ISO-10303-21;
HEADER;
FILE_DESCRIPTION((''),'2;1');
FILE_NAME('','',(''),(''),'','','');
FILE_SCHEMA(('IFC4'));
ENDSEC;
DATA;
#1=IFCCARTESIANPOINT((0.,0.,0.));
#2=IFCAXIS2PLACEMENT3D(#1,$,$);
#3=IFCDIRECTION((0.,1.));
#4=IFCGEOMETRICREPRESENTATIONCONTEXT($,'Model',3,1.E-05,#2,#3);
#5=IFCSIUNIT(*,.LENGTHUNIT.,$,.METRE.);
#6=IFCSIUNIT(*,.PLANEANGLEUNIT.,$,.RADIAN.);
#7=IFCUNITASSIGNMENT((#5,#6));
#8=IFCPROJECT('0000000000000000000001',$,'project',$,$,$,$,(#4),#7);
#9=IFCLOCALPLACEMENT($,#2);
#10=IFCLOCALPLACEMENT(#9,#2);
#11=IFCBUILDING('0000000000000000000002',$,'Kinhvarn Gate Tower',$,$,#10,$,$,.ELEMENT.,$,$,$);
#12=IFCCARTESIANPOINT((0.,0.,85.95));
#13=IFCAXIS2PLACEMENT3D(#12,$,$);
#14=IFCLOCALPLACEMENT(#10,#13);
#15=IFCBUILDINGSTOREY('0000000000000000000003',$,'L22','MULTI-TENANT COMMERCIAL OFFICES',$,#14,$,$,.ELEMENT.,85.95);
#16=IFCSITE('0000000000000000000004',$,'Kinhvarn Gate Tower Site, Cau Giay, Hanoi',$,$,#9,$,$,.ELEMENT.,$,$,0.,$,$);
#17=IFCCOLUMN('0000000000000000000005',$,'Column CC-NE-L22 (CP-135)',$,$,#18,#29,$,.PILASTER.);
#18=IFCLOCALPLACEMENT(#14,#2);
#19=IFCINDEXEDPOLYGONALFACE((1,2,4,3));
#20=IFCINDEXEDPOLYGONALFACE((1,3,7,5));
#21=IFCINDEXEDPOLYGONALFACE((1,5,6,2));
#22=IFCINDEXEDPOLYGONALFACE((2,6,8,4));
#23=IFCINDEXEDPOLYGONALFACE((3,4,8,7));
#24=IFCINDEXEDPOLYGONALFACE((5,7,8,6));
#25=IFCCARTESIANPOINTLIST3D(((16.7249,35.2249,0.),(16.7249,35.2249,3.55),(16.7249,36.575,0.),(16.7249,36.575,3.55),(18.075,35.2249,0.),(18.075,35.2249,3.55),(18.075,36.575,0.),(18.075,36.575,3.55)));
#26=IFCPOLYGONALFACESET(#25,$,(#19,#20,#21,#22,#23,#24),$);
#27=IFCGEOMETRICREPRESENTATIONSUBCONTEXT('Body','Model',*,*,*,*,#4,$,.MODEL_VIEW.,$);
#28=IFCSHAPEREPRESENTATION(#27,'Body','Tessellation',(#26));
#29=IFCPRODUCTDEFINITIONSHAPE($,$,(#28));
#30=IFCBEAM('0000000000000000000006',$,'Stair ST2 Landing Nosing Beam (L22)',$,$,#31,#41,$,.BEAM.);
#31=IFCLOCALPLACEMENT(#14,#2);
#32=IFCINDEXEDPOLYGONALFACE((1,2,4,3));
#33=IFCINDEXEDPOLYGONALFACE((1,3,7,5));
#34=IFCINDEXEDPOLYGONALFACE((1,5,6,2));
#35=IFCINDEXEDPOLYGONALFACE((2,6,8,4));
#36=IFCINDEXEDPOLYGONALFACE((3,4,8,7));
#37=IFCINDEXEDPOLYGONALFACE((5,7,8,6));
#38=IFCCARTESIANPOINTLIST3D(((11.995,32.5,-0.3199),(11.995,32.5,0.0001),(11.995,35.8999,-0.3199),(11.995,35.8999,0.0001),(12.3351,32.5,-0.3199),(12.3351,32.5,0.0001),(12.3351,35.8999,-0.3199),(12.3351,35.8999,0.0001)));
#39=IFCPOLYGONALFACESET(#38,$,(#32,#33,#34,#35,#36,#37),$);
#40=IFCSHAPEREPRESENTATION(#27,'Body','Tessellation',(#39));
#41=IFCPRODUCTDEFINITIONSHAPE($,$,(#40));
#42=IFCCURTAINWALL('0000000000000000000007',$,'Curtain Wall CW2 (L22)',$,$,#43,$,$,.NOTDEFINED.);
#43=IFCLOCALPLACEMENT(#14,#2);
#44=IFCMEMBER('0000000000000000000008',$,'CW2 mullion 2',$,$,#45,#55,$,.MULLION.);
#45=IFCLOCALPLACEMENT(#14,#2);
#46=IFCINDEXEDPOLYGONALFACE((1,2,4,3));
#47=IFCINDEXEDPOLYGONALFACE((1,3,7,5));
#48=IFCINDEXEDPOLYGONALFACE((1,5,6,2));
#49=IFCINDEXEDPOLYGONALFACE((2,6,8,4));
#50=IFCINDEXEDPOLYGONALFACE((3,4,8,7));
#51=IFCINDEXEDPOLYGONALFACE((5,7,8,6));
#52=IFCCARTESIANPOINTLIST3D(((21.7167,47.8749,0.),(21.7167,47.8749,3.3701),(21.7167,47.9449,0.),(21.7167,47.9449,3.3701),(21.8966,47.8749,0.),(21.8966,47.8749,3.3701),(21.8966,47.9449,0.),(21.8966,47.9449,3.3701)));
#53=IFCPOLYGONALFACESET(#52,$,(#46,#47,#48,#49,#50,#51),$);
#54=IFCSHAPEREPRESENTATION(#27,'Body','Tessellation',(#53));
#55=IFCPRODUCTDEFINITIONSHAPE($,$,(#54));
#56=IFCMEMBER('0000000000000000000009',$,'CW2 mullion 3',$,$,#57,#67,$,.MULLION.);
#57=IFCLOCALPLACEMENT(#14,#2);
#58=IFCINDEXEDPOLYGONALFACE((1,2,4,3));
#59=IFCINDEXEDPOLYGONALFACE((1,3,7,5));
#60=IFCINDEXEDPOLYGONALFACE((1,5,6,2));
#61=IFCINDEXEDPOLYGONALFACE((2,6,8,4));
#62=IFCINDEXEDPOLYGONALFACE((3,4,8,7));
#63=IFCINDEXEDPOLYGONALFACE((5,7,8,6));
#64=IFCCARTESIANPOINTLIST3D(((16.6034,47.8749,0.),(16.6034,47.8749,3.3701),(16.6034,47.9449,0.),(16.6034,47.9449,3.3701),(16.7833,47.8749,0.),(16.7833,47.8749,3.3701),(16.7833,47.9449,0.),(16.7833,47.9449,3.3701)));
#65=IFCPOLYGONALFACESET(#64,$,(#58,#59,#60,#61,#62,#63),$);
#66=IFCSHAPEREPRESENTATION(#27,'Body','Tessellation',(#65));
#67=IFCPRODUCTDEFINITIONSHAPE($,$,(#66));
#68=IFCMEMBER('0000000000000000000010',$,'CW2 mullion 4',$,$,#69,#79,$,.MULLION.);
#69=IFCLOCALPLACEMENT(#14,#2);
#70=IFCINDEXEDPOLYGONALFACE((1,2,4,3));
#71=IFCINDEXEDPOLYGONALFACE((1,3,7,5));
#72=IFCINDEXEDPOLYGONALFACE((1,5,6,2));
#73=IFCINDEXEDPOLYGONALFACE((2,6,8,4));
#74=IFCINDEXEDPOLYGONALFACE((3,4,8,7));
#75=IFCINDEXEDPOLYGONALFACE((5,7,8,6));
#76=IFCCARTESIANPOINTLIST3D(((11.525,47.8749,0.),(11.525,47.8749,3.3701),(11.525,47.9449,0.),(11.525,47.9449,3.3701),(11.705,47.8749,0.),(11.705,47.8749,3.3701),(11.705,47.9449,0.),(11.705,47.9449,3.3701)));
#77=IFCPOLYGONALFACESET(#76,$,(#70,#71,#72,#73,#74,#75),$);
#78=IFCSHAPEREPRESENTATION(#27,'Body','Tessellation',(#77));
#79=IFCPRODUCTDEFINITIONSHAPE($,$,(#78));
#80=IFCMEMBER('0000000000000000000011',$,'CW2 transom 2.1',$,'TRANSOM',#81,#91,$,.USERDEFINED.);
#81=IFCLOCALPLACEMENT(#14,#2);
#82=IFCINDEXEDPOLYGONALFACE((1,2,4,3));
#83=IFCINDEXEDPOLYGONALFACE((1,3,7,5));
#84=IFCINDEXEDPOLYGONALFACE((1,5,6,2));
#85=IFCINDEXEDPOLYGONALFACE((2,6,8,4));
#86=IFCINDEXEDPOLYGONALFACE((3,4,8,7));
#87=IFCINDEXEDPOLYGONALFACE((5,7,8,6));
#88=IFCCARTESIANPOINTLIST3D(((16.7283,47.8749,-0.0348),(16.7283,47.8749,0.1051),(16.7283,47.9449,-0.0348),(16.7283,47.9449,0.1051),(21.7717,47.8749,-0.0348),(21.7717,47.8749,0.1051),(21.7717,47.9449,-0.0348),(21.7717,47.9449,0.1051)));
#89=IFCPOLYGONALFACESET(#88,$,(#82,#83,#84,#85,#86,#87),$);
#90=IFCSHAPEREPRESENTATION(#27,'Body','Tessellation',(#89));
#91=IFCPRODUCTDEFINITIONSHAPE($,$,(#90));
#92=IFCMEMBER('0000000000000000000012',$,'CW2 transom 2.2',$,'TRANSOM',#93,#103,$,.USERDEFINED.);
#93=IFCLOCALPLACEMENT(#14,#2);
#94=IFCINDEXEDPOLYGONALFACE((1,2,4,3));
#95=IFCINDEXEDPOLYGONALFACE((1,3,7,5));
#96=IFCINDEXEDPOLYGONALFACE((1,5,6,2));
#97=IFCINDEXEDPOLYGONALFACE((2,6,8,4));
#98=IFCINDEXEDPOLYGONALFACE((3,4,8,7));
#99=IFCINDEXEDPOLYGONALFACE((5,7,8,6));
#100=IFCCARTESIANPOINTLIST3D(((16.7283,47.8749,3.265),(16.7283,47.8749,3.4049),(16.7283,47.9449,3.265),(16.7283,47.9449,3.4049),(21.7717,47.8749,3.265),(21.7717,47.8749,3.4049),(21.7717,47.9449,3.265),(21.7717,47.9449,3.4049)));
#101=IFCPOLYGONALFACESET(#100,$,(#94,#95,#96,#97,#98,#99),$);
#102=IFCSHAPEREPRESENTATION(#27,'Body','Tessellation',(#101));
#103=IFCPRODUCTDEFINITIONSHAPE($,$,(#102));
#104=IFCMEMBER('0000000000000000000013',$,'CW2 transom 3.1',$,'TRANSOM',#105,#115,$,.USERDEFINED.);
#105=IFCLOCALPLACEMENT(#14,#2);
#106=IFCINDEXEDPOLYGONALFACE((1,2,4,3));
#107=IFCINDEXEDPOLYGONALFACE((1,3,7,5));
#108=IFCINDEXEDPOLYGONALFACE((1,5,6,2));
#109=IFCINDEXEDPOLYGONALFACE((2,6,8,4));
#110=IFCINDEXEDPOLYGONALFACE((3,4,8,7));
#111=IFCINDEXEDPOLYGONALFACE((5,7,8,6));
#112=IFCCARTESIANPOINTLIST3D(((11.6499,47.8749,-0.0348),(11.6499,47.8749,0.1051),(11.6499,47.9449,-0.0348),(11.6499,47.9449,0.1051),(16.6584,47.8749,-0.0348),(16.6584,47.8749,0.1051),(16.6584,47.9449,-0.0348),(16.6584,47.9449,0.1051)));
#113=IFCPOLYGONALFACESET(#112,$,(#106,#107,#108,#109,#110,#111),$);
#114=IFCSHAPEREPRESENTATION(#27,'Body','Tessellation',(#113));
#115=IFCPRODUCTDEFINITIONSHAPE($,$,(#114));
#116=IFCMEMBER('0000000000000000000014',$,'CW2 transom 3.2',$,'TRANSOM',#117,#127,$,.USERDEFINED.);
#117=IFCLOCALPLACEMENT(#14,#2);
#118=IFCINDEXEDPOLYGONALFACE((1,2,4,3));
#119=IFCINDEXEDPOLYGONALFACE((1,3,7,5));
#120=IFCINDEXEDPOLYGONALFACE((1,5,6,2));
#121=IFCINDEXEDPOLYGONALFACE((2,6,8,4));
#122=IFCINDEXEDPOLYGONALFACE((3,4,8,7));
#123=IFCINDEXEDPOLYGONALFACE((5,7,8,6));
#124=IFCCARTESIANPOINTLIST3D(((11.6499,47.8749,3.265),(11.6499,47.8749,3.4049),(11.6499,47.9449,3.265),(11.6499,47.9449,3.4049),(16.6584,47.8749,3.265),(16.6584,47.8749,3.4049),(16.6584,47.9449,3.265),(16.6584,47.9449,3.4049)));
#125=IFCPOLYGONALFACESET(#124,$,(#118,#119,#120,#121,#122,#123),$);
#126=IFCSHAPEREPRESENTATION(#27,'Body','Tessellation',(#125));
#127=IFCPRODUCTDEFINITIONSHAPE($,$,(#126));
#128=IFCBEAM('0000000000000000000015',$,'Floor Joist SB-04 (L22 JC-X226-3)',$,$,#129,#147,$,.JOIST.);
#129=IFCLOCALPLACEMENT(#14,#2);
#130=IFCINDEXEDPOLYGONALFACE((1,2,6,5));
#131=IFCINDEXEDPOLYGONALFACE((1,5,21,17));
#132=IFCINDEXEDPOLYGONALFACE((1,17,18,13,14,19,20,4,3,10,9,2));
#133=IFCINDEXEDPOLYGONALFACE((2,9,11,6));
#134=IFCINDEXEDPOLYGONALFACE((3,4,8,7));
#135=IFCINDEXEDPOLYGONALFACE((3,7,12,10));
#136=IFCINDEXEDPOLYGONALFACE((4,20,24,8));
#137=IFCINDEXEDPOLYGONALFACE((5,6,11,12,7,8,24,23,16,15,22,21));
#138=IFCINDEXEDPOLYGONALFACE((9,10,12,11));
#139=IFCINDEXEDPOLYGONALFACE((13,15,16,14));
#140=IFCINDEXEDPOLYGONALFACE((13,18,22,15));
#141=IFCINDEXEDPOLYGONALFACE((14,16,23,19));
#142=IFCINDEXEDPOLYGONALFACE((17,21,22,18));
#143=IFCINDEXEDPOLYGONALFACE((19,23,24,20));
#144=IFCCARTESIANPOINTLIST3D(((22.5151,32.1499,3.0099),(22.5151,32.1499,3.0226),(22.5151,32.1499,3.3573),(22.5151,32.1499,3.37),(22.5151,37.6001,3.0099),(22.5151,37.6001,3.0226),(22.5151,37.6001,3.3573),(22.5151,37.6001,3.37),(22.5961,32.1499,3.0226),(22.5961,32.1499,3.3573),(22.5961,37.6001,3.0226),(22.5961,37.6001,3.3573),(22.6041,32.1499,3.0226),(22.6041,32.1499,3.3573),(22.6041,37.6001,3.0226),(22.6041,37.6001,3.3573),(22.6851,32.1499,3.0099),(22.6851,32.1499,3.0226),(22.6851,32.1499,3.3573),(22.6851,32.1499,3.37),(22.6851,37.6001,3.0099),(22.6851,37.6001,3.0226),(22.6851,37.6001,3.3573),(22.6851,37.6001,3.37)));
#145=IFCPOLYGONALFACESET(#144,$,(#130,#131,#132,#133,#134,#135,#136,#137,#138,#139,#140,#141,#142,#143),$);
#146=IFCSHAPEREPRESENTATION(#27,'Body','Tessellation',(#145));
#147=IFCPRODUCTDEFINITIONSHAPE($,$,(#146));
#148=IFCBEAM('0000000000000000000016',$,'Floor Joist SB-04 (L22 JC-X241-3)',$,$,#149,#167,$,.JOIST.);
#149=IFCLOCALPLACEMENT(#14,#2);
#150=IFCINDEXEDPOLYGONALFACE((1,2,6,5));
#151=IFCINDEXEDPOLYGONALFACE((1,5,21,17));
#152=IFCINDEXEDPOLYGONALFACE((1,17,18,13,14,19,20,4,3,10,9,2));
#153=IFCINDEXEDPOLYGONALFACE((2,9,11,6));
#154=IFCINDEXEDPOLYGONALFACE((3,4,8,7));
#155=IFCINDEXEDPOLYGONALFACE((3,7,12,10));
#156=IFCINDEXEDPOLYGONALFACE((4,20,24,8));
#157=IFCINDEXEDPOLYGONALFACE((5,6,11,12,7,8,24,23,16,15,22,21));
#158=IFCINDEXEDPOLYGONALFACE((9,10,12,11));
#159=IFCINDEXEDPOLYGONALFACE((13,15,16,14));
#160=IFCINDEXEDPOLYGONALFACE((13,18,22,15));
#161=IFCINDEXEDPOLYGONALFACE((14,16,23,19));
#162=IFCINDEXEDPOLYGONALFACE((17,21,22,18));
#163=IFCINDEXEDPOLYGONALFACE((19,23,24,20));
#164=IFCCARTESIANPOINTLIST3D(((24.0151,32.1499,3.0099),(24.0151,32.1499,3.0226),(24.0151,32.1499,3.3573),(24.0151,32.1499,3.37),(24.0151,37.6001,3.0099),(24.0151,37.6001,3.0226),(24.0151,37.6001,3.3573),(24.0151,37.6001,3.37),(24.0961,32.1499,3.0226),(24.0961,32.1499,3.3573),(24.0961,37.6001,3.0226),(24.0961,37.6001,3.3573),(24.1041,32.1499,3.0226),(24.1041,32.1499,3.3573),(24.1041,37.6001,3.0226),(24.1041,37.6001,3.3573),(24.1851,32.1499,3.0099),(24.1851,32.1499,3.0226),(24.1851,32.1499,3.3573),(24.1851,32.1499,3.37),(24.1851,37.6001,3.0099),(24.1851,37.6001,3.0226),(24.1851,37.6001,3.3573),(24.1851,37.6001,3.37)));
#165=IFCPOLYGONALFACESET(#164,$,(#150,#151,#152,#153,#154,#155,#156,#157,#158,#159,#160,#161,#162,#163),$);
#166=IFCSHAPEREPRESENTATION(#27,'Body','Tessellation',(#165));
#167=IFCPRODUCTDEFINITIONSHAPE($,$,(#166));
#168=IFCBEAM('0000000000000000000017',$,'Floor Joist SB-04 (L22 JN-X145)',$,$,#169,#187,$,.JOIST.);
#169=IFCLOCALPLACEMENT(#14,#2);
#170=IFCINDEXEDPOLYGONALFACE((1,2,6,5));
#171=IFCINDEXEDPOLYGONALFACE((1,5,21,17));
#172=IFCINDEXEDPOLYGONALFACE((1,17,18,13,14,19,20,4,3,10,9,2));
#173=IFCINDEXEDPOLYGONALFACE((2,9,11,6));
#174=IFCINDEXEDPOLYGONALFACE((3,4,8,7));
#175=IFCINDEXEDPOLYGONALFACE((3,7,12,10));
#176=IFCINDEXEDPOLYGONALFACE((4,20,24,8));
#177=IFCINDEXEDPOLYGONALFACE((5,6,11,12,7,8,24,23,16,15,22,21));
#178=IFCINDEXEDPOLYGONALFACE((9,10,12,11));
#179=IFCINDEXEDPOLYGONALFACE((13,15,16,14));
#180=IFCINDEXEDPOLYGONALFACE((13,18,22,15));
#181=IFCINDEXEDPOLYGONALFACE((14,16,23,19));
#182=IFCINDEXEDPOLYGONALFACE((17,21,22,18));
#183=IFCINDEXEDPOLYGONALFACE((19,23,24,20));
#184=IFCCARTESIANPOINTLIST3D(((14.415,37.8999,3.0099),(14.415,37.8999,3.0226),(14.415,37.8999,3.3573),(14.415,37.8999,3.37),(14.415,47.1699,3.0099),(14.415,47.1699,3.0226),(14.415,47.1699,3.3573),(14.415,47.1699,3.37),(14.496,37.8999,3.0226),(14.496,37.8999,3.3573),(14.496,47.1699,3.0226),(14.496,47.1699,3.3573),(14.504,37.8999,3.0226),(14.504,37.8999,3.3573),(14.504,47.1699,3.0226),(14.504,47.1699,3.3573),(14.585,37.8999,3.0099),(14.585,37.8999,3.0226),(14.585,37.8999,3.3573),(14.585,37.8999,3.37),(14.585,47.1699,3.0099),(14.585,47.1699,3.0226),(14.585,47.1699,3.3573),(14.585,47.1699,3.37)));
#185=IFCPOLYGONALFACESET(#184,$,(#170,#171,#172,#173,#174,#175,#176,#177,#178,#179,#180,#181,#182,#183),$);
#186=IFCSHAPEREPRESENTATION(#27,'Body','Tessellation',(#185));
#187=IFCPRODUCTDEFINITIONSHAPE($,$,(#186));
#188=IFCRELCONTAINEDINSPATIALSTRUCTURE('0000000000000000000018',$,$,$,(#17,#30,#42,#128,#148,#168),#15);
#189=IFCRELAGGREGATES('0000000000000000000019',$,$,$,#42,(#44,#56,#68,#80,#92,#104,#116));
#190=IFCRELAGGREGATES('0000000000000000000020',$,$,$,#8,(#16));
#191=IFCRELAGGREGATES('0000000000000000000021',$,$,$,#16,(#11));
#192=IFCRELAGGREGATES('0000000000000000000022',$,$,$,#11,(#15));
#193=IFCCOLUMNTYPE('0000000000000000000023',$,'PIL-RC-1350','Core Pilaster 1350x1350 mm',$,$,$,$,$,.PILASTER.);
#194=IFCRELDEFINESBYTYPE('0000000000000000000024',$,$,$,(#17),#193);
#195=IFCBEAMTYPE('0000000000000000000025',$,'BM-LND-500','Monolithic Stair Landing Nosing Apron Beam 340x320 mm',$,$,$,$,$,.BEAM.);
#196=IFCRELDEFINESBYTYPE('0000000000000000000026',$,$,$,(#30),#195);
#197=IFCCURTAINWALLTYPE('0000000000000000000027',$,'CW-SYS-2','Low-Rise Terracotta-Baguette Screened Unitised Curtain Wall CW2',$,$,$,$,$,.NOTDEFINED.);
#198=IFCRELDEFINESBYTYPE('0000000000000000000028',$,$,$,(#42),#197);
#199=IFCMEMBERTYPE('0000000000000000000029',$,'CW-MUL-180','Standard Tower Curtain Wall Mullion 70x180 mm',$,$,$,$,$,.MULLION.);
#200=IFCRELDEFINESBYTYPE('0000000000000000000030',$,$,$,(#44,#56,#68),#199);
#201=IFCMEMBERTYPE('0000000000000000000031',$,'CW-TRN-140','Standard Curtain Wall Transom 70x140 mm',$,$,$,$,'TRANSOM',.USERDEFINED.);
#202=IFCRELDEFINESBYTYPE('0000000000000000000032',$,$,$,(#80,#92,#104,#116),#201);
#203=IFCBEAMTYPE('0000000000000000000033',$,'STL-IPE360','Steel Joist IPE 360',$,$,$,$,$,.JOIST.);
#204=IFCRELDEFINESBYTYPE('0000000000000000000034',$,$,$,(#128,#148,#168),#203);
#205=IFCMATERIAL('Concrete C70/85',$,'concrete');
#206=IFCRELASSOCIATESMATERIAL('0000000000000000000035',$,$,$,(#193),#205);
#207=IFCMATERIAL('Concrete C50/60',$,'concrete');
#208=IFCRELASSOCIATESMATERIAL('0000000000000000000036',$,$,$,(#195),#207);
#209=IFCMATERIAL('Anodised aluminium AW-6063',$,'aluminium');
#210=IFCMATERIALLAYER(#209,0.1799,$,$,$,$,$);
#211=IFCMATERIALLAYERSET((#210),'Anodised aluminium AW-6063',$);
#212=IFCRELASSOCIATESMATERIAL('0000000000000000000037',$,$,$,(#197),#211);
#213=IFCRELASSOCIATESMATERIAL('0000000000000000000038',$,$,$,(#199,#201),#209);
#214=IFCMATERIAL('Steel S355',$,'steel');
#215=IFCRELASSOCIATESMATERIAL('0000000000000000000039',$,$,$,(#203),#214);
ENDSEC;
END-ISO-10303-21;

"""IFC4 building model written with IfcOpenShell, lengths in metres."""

from ifc_helpers import new_model, si_unit, direction, frame, origin, origin_2d, place, context, subcontext, project, spatial, rectangle, i_section, extrude, material, layer, layer_set, material_profile, profile_set, type_object, element, aggregate, save


model = new_model("IFC4")

# Units and contexts
model_context = context("Model", 3, precision=1e-05, world=origin(), true_north=direction((0.0, 1.0)))
body_context = subcontext(model_context, "Body", "Model", "MODEL_VIEW")
ifc_project = project(units=[si_unit("LENGTHUNIT", "METRE"), si_unit("PLANEANGLEUNIT", "RADIAN")], contexts=[model_context])

# Site, building, storey
site_placement = place(None, origin())
site = spatial("IfcSite", under=ifc_project, at=site_placement, Name="Kinhvarn Gate Tower Site, Cau Giay, Hanoi", CompositionType="ELEMENT", RefElevation=0.0)
building_placement = place(site_placement, origin())
building = spatial("IfcBuilding", under=site, at=building_placement, Name="Kinhvarn Gate Tower", CompositionType="ELEMENT")
storey_placement = place(building_placement, frame((0.0, 0.0, 85.95)))
storey = spatial("IfcBuildingStorey", under=building, at=storey_placement, Name="L22", Description="MULTI-TENANT COMMERCIAL OFFICES", CompositionType="ELEMENT", Elevation=85.95)

# Column
ifc_material_1 = material(Name="Concrete C70/85", Category="concrete")
ifc_material_profile_1 = material_profile(ifc_material_1, rectangle(XDim=1.3501, YDim=1.3501, at=origin_2d()), Name="RC 1350x1350")
ifc_profile_set_1 = profile_set([ifc_material_profile_1], Name="Concrete C70/85")
column_type = type_object("IfcColumnType", Name="PIL-RC-1350", Description="Core Pilaster 1350x1350 mm", PredefinedType="PILASTER", material=ifc_profile_set_1)
column_placement = place(storey_placement, frame((17.3999, 35.8999, 0.0), z_axis=(0.0, 0.0, 1.0), x_axis=(1.0, 0.0, 0.0)))
element("IfcColumn", 1, at=column_placement, inside=storey, type_object=column_type, Name="Column CC-NE-L22 (CP-135)", PredefinedType="PILASTER", context=body_context, shape_type="SweptSolid", body=[
    extrude(rectangle(XDim=1.3501, YDim=1.3501, at=origin_2d()), origin(), (0.0, 0.0, 1.0), 3.55),
])

# Beam
ifc_material_2 = material(Name="Concrete C50/60", Category="concrete")
ifc_material_profile_2 = material_profile(ifc_material_2, rectangle(XDim=0.3401, YDim=0.3201, at=origin_2d()), Name="RC 340x320")
ifc_profile_set_2 = profile_set([ifc_material_profile_2], Name="Concrete C50/60")
beam_type_1 = type_object("IfcBeamType", Name="BM-LND-500", Description="Monolithic Stair Landing Nosing Apron Beam 340x320 mm", PredefinedType="BEAM", material=ifc_profile_set_2)
beam_placement = place(storey_placement, frame((12.165, 32.5, -0.1599), z_axis=(0.0, 1.0, 0.0), x_axis=(-1.0, 0.0, 0.0)))
element("IfcBeam", 2, at=beam_placement, inside=storey, type_object=beam_type_1, Name="Stair ST2 Landing Nosing Beam (L22)", PredefinedType="BEAM", context=body_context, shape_type="SweptSolid", body=[
    extrude(rectangle(XDim=0.3401, YDim=0.3201, at=origin_2d()), origin(), (0.0, 0.0, 1.0), 3.3999),
])

# Curtain wall, members
ifc_material_3 = material(Name="Anodised aluminium AW-6063", Category="aluminium")
ifc_layer_1 = layer(ifc_material_3, 0.1799)
ifc_layer_set_1 = layer_set([ifc_layer_1], Name="Anodised aluminium AW-6063")
curtain_wall_type = type_object("IfcCurtainWallType", Name="CW-SYS-2", Description="Low-Rise Terracotta-Baguette Screened Unitised Curtain Wall CW2", PredefinedType="NOTDEFINED", material=ifc_layer_set_1)
curtain_wall_placement = place(storey_placement, origin())
curtain_wall = element("IfcCurtainWall", 3, at=curtain_wall_placement, inside=storey, type_object=curtain_wall_type, Name="Curtain Wall CW2 (L22)", PredefinedType="NOTDEFINED")
ifc_material_profile_3 = material_profile(ifc_material_3, rectangle(XDim=0.0701, YDim=0.1799, at=origin_2d()), Name="ALU 70x180")
ifc_profile_set_3 = profile_set([ifc_material_profile_3], Name="Anodised aluminium AW-6063")
member_type_1 = type_object("IfcMemberType", Name="CW-MUL-180", Description="Standard Tower Curtain Wall Mullion 70x180 mm", PredefinedType="MULLION", material=ifc_profile_set_3)
member_1_placement = place(storey_placement, frame((21.8066, 47.9099, 0.0), z_axis=(0.0, 0.0, 1.0), x_axis=(0.0, -1.0, 0.0)))
member_1 = element("IfcMember", 4, at=member_1_placement, type_object=member_type_1, Name="CW2 mullion 2", PredefinedType="MULLION", context=body_context, shape_type="SweptSolid", body=[
    extrude(rectangle(XDim=0.0701, YDim=0.1799, at=origin_2d()), origin(), (0.0, 0.0, 1.0), 3.3701),
])
member_2_placement = place(storey_placement, frame((16.6934, 47.9099, 0.0), z_axis=(0.0, 0.0, 1.0), x_axis=(0.0, -1.0, 0.0)))
member_2 = element("IfcMember", 5, at=member_2_placement, type_object=member_type_1, Name="CW2 mullion 3", PredefinedType="MULLION", context=body_context, shape_type="SweptSolid", body=[
    extrude(rectangle(XDim=0.0701, YDim=0.1799, at=origin_2d()), origin(), (0.0, 0.0, 1.0), 3.3701),
])
member_3_placement = place(storey_placement, frame((11.615, 47.9099, 0.0), z_axis=(0.0, 0.0, 1.0), x_axis=(0.0, -1.0, 0.0)))
member_3 = element("IfcMember", 6, at=member_3_placement, type_object=member_type_1, Name="CW2 mullion 4", PredefinedType="MULLION", context=body_context, shape_type="SweptSolid", body=[
    extrude(rectangle(XDim=0.0701, YDim=0.1799, at=origin_2d()), origin(), (0.0, 0.0, 1.0), 3.3701),
])
ifc_material_profile_4 = material_profile(ifc_material_3, rectangle(XDim=0.0701, YDim=0.1399, at=origin_2d()), Name="ALU 70x140")
ifc_profile_set_4 = profile_set([ifc_material_profile_4], Name="Anodised aluminium AW-6063")
member_type_2 = type_object("IfcMemberType", Name="CW-TRN-140", Description="Standard Curtain Wall Transom 70x140 mm", ElementType="TRANSOM", PredefinedType="USERDEFINED", material=ifc_profile_set_4)
member_4_placement = place(storey_placement, frame((21.7717, 47.9099, 0.0352), z_axis=(-1.0, 0.0, 0.0), x_axis=(0.0, -1.0, 0.0)))
member_4 = element("IfcMember", 7, at=member_4_placement, type_object=member_type_2, Name="CW2 transom 2.1", ObjectType="TRANSOM", PredefinedType="USERDEFINED", context=body_context, shape_type="SweptSolid", body=[
    extrude(rectangle(XDim=0.0701, YDim=0.1399, at=origin_2d()), origin(), (0.0, 0.0, 1.0), 5.0435),
])
member_5_placement = place(storey_placement, frame((21.7717, 47.9099, 3.335), z_axis=(-1.0, 0.0, 0.0), x_axis=(0.0, -1.0, 0.0)))
member_5 = element("IfcMember", 8, at=member_5_placement, type_object=member_type_2, Name="CW2 transom 2.2", ObjectType="TRANSOM", PredefinedType="USERDEFINED", context=body_context, shape_type="SweptSolid", body=[
    extrude(rectangle(XDim=0.0701, YDim=0.1399, at=origin_2d()), origin(), (0.0, 0.0, 1.0), 5.0435),
])
member_6_placement = place(storey_placement, frame((16.6584, 47.9099, 0.0352), z_axis=(-1.0, 0.0, 0.0), x_axis=(0.0, -1.0, 0.0)))
member_6 = element("IfcMember", 9, at=member_6_placement, type_object=member_type_2, Name="CW2 transom 3.1", ObjectType="TRANSOM", PredefinedType="USERDEFINED", context=body_context, shape_type="SweptSolid", body=[
    extrude(rectangle(XDim=0.0701, YDim=0.1399, at=origin_2d()), origin(), (0.0, 0.0, 1.0), 5.0085),
])
member_7_placement = place(storey_placement, frame((16.6584, 47.9099, 3.335), z_axis=(-1.0, 0.0, 0.0), x_axis=(0.0, -1.0, 0.0)))
member_7 = element("IfcMember", 10, at=member_7_placement, type_object=member_type_2, Name="CW2 transom 3.2", ObjectType="TRANSOM", PredefinedType="USERDEFINED", context=body_context, shape_type="SweptSolid", body=[
    extrude(rectangle(XDim=0.0701, YDim=0.1399, at=origin_2d()), origin(), (0.0, 0.0, 1.0), 5.0085),
])

# Beams
ifc_material_4 = material(Name="Steel S355", Category="steel")
ifc_material_profile_5 = material_profile(ifc_material_4, i_section(OverallWidth=0.1699, OverallDepth=0.3601, WebThickness=0.0081, FlangeThickness=0.0127, at=origin_2d()), Name="IPE 360")
ifc_profile_set_5 = profile_set([ifc_material_profile_5], Name="Steel S355")
beam_type_2 = type_object("IfcBeamType", Name="STL-IPE360", Description="Steel Joist IPE 360", PredefinedType="JOIST", material=ifc_profile_set_5)
for number, where, z_axis, x_axis, name in (
    (11, (22.6001, 32.1499, 3.1899), (0.0, 1.0, 0.0), (-1.0, 0.0, 0.0), "Floor Joist SB-04 (L22 JC-X226-3)"),
    (12, (24.1001, 32.1499, 3.1899), (0.0, 1.0, 0.0), (-1.0, 0.0, 0.0), "Floor Joist SB-04 (L22 JC-X241-3)"),
):
    element("IfcBeam", number, at=place(storey_placement, frame(where, z_axis=z_axis, x_axis=x_axis)), inside=storey, type_object=beam_type_2, Name=name, PredefinedType="JOIST", context=body_context, shape_type="SweptSolid", body=[
        extrude(i_section(OverallWidth=0.1699, OverallDepth=0.3601, WebThickness=0.0081, FlangeThickness=0.0127, at=origin_2d()), origin(), (0.0, 0.0, 1.0), 5.4502),
    ])
for number, where, z_axis, x_axis, name in (
    (13, (14.5, 37.8999, 3.1899), (0.0, 1.0, 0.0), (-1.0, 0.0, 0.0), "Floor Joist SB-04 (L22 JN-X145)"),
):
    element("IfcBeam", number, at=place(storey_placement, frame(where, z_axis=z_axis, x_axis=x_axis)), inside=storey, type_object=beam_type_2, Name=name, PredefinedType="JOIST", context=body_context, shape_type="SweptSolid", body=[
        extrude(i_section(OverallWidth=0.1699, OverallDepth=0.3601, WebThickness=0.0081, FlangeThickness=0.0127, at=origin_2d()), origin(), (0.0, 0.0, 1.0), 9.27),
    ])

aggregate(curtain_wall, [member_1, member_2, member_3, member_4, member_5, member_6, member_7])

save(model, "model.ifc")
